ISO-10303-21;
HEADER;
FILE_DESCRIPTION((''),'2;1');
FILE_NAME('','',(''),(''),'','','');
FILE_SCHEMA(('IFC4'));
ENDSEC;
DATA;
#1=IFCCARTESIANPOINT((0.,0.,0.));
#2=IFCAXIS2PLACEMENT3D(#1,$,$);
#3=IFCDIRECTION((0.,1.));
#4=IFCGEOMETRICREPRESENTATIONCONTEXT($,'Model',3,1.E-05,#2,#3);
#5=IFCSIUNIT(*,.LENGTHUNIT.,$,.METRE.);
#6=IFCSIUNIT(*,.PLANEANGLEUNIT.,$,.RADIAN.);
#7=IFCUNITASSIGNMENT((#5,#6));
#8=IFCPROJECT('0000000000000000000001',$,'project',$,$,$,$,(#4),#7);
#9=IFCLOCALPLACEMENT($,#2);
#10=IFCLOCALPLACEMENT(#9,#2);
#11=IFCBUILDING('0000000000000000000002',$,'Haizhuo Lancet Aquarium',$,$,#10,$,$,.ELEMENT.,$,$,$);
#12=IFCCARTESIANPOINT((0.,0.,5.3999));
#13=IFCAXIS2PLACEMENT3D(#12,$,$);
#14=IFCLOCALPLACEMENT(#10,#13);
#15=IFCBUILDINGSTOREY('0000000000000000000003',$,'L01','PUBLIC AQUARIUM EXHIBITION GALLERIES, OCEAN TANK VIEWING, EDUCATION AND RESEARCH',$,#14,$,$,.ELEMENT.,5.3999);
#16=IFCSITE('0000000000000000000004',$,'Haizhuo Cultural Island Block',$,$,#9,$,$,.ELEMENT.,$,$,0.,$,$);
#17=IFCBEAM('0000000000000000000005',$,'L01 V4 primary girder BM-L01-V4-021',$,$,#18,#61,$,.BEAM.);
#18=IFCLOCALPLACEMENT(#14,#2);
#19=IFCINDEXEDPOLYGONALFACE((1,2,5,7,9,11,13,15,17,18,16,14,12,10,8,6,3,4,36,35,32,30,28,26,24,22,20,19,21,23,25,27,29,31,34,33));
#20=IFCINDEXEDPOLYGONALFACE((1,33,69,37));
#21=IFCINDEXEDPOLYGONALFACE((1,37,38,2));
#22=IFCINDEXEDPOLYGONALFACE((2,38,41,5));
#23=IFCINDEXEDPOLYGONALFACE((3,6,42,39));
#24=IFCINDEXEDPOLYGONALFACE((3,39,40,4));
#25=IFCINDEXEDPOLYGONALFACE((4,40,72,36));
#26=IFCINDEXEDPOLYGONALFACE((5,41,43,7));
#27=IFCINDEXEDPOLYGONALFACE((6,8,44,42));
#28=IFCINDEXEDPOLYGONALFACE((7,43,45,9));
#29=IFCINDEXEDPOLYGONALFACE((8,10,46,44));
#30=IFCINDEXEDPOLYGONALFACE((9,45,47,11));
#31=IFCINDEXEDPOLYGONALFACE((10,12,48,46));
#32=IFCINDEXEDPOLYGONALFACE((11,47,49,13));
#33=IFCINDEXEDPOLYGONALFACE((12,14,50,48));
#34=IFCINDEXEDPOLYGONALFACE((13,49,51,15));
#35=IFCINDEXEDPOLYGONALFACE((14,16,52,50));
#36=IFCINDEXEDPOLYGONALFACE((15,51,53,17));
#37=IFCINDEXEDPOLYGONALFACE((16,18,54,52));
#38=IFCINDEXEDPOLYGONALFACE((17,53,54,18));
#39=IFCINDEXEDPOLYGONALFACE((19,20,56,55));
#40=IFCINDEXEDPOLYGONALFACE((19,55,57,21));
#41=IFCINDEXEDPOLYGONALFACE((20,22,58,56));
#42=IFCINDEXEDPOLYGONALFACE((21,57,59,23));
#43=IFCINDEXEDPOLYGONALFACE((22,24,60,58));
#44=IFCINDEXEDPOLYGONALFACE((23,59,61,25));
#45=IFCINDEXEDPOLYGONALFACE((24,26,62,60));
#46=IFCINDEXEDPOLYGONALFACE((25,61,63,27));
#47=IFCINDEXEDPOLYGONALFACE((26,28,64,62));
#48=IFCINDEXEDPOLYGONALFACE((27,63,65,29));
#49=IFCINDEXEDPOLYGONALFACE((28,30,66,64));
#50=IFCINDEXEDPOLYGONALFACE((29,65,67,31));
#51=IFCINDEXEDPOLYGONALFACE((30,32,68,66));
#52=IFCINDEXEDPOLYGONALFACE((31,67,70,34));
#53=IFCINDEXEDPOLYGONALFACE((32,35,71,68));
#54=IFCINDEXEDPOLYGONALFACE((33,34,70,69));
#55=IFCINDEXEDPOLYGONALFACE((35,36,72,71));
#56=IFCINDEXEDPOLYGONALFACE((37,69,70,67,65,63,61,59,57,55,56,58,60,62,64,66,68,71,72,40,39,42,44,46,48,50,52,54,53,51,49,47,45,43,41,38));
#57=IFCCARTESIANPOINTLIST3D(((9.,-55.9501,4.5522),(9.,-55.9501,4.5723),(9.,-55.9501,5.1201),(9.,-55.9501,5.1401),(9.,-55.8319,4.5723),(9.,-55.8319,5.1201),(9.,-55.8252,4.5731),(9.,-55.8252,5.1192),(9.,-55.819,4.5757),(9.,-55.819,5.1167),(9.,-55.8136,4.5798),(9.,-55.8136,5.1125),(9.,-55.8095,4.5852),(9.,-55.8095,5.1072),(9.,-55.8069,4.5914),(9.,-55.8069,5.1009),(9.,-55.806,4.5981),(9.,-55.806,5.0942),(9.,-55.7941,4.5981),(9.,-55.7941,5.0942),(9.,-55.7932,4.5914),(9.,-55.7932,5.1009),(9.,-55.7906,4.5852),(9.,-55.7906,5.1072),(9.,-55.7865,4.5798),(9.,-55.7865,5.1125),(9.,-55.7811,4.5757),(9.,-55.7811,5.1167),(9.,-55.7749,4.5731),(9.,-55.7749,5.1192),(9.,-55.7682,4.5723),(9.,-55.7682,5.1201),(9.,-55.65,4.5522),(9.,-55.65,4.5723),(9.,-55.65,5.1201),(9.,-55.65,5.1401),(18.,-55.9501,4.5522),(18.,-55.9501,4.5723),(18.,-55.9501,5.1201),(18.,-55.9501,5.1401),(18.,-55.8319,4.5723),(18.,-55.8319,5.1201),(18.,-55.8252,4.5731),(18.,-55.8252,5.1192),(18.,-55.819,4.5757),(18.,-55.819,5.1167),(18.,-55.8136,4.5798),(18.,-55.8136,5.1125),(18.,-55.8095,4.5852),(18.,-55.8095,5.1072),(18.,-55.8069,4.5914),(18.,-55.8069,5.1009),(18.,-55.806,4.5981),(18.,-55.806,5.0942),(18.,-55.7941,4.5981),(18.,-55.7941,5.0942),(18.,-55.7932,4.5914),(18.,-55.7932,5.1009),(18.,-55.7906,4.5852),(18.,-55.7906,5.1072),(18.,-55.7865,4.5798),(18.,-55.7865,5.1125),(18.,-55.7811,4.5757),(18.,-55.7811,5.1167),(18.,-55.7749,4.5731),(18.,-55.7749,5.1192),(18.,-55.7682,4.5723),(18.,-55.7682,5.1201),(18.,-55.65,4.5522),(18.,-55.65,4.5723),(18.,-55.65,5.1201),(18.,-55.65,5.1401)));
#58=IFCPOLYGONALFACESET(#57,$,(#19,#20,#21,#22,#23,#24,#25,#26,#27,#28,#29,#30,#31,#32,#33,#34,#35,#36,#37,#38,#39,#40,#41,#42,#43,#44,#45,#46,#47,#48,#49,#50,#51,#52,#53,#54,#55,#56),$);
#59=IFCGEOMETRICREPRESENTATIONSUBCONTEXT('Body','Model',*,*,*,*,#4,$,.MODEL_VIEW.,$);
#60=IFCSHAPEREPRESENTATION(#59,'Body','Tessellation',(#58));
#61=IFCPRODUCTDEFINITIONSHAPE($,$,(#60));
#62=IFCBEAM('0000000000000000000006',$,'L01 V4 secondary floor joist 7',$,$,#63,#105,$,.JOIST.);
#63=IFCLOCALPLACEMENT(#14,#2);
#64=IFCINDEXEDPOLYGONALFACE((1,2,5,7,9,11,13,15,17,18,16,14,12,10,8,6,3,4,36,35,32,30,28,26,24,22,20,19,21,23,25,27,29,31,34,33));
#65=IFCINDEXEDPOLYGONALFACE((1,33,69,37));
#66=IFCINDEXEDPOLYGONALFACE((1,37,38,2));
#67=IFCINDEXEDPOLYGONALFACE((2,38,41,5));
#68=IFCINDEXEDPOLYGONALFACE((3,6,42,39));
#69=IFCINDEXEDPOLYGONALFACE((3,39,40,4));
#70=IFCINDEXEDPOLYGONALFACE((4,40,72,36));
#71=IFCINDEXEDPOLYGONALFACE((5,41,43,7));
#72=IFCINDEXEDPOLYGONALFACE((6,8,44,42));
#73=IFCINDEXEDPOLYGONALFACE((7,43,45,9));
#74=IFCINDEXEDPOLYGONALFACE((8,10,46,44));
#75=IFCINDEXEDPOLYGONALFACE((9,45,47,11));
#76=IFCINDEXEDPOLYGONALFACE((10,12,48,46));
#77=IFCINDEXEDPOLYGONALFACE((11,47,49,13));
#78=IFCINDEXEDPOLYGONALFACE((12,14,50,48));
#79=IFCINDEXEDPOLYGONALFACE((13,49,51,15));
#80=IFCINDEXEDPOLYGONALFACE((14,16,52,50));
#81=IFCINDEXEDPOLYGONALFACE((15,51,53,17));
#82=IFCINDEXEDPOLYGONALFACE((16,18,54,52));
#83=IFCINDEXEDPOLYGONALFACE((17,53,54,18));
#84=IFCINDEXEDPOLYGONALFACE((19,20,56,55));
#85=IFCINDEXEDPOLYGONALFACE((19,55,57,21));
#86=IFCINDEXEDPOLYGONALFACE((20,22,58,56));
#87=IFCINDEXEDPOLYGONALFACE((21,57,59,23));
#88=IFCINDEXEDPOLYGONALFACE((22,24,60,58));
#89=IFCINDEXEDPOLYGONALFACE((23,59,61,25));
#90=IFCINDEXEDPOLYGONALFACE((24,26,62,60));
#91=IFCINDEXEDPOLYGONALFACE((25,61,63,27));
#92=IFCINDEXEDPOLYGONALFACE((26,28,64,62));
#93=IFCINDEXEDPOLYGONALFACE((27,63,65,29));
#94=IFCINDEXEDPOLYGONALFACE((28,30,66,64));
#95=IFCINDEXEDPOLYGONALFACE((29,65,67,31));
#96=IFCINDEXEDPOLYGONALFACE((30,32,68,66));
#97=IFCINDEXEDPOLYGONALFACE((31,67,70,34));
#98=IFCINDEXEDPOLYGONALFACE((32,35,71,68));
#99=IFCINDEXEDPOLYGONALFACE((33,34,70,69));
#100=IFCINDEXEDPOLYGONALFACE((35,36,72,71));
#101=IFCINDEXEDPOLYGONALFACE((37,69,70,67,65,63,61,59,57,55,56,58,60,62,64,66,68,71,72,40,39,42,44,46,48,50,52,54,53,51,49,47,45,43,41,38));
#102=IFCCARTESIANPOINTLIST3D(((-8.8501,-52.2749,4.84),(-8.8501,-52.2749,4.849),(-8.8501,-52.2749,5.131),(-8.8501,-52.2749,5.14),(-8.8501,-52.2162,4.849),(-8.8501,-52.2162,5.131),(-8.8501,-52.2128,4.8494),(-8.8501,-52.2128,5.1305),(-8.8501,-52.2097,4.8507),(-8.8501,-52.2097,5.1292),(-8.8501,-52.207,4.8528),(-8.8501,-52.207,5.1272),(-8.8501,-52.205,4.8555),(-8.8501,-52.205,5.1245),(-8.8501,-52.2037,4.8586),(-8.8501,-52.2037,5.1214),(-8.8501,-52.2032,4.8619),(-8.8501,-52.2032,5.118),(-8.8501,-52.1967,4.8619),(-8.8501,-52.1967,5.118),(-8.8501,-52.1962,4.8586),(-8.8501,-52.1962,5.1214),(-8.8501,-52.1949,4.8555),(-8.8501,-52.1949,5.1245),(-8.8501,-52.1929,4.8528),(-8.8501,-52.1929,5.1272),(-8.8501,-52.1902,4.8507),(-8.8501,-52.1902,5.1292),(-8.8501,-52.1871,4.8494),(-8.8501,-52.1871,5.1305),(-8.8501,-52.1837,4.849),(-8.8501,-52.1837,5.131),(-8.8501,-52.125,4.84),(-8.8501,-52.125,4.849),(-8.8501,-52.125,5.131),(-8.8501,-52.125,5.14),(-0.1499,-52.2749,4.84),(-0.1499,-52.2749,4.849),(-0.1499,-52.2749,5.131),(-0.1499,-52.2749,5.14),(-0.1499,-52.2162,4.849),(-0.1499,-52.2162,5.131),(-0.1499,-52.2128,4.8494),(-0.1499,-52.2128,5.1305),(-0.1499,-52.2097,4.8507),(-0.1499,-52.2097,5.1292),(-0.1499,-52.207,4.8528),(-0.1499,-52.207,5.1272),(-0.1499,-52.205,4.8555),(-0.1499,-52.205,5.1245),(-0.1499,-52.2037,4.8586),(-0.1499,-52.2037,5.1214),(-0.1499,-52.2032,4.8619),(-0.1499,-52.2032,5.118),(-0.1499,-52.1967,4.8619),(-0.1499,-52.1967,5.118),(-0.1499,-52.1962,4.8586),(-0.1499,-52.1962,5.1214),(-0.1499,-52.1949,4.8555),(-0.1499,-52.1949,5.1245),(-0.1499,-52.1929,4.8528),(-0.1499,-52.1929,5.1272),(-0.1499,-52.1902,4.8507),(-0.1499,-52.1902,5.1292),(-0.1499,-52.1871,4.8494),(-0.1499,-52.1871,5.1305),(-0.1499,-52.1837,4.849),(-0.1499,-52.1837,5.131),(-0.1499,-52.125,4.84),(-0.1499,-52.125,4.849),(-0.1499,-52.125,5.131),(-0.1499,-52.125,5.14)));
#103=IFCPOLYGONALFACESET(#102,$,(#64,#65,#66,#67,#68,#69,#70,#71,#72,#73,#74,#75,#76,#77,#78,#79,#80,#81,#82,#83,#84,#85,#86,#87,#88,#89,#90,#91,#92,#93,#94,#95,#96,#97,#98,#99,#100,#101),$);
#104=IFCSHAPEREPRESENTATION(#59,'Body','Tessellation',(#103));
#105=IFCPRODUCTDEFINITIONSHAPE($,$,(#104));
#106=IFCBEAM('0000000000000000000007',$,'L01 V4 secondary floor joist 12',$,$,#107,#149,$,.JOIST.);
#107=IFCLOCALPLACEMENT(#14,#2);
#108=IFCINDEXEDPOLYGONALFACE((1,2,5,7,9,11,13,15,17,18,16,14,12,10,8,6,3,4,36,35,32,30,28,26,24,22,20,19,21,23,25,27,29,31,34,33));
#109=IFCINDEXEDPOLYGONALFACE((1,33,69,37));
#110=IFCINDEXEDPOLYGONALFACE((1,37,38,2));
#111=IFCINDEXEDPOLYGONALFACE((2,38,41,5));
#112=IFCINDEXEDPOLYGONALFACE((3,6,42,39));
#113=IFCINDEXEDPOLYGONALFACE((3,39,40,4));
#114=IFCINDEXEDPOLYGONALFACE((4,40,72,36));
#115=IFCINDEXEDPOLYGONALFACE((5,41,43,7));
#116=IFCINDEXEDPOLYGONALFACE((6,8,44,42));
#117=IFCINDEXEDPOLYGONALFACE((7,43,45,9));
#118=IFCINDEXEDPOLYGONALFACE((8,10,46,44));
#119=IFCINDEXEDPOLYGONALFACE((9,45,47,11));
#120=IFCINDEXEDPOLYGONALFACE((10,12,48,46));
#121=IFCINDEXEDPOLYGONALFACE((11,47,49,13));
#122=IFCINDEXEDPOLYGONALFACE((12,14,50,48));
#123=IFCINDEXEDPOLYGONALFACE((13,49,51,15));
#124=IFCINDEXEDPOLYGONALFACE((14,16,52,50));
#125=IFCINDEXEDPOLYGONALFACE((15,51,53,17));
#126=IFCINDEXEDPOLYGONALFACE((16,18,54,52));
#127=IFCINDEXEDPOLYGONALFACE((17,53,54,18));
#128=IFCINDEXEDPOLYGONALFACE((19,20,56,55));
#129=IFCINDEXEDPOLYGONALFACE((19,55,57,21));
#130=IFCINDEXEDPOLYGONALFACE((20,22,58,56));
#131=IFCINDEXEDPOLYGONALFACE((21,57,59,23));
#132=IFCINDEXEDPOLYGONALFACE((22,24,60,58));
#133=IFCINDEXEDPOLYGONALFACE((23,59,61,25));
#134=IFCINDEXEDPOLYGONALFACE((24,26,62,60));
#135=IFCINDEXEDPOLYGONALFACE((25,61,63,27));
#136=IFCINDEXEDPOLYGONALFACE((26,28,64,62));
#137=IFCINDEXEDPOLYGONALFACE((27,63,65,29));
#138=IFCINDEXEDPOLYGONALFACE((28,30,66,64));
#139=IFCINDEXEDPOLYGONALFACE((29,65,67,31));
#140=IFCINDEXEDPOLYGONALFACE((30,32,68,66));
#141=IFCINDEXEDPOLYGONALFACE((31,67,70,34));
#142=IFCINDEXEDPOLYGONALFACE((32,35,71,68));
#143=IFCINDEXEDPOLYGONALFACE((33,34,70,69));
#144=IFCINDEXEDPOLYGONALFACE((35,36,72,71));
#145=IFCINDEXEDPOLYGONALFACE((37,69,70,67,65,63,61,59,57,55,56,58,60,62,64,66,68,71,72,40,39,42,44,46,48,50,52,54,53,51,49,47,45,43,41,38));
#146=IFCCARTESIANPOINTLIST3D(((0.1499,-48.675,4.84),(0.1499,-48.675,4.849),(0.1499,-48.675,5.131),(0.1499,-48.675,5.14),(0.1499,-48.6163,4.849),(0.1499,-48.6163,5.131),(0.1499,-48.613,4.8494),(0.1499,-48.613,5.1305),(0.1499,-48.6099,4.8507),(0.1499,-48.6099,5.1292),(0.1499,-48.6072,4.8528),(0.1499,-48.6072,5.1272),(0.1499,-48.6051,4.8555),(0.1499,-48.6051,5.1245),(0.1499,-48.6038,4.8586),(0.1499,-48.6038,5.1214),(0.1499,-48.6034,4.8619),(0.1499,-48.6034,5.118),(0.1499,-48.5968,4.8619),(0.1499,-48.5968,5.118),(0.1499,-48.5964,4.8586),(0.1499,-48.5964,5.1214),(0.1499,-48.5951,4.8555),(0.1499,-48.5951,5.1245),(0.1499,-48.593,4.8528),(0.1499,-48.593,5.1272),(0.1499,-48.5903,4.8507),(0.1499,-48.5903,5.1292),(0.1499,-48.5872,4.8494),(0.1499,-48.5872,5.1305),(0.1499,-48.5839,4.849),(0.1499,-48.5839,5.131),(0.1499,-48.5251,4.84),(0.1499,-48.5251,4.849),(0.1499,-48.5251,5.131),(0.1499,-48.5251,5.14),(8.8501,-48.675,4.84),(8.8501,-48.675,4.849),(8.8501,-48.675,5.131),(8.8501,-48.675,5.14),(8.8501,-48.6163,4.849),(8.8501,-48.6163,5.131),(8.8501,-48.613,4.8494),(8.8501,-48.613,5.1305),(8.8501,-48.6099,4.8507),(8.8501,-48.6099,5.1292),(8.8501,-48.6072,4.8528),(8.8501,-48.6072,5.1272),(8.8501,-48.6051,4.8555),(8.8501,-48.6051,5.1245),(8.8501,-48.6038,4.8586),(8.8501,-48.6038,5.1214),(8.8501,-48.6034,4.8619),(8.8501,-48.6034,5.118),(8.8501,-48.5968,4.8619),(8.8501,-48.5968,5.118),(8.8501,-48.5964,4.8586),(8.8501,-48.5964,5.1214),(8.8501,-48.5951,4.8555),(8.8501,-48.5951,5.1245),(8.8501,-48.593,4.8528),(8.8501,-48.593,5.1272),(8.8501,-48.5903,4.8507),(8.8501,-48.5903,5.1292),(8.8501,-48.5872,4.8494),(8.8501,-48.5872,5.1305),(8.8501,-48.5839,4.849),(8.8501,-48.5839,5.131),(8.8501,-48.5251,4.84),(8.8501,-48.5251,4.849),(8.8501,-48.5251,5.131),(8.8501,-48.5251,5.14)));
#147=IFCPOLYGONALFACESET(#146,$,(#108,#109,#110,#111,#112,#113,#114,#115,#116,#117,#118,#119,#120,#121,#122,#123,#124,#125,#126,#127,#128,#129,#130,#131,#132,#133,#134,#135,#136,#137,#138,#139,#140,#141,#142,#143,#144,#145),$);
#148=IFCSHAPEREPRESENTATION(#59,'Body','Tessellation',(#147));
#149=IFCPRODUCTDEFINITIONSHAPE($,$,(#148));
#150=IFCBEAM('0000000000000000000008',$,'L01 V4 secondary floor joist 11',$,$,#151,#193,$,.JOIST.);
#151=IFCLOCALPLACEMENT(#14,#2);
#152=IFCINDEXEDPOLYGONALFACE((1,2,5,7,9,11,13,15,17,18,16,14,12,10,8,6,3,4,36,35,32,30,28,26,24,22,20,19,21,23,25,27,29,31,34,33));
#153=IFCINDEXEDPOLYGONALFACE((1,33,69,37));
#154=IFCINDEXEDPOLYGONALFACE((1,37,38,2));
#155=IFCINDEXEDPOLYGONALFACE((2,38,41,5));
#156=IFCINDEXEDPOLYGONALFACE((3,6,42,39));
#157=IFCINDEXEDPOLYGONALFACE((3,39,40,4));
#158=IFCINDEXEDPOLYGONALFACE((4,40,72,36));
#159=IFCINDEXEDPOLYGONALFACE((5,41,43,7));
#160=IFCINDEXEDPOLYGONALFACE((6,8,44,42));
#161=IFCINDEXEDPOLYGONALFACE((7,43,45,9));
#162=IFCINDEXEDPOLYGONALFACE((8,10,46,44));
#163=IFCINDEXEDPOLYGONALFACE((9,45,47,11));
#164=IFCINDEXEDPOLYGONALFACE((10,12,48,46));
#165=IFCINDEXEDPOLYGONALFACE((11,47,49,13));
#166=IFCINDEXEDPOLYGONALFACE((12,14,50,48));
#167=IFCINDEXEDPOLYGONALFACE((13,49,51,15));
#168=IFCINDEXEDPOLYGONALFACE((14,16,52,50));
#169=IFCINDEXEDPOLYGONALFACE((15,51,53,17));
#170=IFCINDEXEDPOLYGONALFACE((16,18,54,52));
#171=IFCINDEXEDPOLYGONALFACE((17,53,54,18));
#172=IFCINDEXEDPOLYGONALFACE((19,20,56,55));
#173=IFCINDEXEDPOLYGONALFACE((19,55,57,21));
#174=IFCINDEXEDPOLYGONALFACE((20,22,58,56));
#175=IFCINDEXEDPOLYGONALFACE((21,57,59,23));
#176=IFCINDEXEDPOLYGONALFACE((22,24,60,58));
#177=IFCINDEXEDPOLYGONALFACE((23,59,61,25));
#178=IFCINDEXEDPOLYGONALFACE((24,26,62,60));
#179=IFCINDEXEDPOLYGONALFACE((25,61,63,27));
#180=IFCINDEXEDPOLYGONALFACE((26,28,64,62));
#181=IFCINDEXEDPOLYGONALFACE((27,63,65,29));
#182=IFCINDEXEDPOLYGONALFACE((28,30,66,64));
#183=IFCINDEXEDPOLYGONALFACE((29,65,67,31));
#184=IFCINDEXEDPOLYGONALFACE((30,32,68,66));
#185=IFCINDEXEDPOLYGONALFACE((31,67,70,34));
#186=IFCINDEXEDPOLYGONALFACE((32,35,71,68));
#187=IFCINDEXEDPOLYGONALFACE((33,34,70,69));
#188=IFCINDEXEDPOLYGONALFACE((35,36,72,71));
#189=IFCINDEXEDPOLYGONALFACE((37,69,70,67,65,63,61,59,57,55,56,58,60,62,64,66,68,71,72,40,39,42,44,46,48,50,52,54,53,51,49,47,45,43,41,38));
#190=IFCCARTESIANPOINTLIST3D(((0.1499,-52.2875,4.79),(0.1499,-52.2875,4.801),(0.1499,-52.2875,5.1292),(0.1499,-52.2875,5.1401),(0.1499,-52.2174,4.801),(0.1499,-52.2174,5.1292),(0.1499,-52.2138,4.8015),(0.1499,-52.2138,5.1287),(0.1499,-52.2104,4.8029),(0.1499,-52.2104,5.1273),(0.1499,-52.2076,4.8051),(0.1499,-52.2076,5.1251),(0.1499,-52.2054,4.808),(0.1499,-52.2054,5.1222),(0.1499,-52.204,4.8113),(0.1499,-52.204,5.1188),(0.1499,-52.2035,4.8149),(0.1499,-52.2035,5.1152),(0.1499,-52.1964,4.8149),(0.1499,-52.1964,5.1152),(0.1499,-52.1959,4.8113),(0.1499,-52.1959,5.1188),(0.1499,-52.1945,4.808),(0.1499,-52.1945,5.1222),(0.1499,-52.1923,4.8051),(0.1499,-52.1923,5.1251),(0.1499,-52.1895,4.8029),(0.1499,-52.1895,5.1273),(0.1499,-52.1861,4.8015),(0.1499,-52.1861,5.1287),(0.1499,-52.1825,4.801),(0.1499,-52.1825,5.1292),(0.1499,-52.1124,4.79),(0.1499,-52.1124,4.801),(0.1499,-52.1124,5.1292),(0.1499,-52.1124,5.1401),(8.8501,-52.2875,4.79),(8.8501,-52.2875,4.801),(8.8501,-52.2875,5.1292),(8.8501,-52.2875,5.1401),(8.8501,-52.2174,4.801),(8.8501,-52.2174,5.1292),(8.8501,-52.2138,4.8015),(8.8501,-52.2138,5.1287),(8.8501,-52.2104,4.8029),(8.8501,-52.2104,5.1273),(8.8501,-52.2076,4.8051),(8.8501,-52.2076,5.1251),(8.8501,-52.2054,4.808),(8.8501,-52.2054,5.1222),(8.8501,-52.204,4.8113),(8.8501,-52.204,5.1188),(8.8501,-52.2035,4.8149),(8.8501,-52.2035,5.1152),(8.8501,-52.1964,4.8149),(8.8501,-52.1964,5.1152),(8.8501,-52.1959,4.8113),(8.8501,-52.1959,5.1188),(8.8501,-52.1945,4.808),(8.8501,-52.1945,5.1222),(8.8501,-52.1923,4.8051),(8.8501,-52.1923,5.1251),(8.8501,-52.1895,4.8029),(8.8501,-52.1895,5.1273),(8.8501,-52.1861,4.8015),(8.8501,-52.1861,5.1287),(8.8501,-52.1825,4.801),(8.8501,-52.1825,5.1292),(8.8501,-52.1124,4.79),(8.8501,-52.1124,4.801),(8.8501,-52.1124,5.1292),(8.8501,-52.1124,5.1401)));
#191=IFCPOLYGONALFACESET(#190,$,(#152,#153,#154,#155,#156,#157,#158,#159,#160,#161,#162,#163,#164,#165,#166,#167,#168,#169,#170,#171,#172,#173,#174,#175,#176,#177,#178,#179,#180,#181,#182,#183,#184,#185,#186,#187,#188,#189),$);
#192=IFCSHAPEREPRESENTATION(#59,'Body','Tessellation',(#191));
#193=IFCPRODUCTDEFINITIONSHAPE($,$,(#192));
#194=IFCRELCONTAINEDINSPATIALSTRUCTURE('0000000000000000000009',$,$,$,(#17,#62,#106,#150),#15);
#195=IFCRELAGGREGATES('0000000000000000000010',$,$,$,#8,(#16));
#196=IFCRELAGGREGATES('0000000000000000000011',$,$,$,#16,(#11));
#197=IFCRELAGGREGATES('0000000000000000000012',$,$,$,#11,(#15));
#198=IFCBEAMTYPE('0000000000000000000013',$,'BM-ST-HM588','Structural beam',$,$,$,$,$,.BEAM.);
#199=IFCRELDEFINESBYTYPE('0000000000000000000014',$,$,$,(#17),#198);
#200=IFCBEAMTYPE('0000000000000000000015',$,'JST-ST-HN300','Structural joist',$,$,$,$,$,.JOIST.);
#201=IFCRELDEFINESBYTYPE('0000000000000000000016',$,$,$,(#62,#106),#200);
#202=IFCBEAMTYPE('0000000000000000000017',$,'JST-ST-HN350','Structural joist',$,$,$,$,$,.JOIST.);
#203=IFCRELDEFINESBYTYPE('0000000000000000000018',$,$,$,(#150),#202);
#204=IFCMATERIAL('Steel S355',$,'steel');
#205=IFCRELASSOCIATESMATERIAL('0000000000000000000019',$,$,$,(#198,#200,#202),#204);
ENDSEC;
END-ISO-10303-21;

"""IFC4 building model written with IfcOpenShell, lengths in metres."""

from ifc_helpers import new_model, si_unit, direction, frame, origin, origin_2d, place, context, subcontext, project, spatial, i_section, extrude, material, material_profile, profile_set, type_object, element, save


model = new_model("IFC4")

# Units and contexts
model_context = context("Model", 3, precision=1e-05, world=origin(), true_north=direction((0.0, 1.0)))
body_context = subcontext(model_context, "Body", "Model", "MODEL_VIEW")
ifc_project = project(units=[si_unit("LENGTHUNIT", "METRE"), si_unit("PLANEANGLEUNIT", "RADIAN")], contexts=[model_context])

# Site, building, storey
site_placement = place(None, origin())
site = spatial("IfcSite", under=ifc_project, at=site_placement, Name="Haizhuo Cultural Island Block", CompositionType="ELEMENT", RefElevation=0.0)
building_placement = place(site_placement, origin())
building = spatial("IfcBuilding", under=site, at=building_placement, Name="Haizhuo Lancet Aquarium", CompositionType="ELEMENT")
storey_placement = place(building_placement, frame((0.0, 0.0, 5.3999)))
storey = spatial("IfcBuildingStorey", under=building, at=storey_placement, Name="L01", Description="PUBLIC AQUARIUM EXHIBITION GALLERIES, OCEAN TANK VIEWING, EDUCATION AND RESEARCH", CompositionType="ELEMENT", Elevation=5.3999)

# Shared definitions
ifc_material_1 = material(Name="Steel S355", Category="steel")

# Beams
ifc_material_profile_1 = material_profile(ifc_material_1, i_section(OverallWidth=0.3, OverallDepth=0.5879, WebThickness=0.012, FlangeThickness=0.02, FilletRadius=0.0259, at=origin_2d()), Name="HM 588x300x12x20")
ifc_profile_set_1 = profile_set([ifc_material_profile_1], Name="Steel S355")
beam_type_1 = type_object("IfcBeamType", Name="BM-ST-HM588", Description="Structural beam", PredefinedType="BEAM", material=ifc_profile_set_1)
for number, where, z_axis, x_axis, name in (
    (1, (9.0, -55.8, 4.8462), (1.0, 0.0, 0.0), (0.0, 1.0, 0.0), "L01 V4 primary girder BM-L01-V4-021"),
):
    element("IfcBeam", number, at=place(storey_placement, frame(where, z_axis=z_axis, x_axis=x_axis)), inside=storey, type_object=beam_type_1, Name=name, PredefinedType="BEAM", context=body_context, shape_type="SweptSolid", body=[
        extrude(i_section(OverallWidth=0.3, OverallDepth=0.5879, WebThickness=0.012, FlangeThickness=0.02, FilletRadius=0.0259, at=origin_2d()), origin(), (0.0, 0.0, 1.0), 9.0),
    ])
ifc_material_profile_2 = material_profile(ifc_material_1, i_section(OverallWidth=0.1499, OverallDepth=0.3, WebThickness=0.0066, FlangeThickness=0.009, FilletRadius=0.0129, at=origin_2d()), Name="HN 300x150x6.5x9")
ifc_profile_set_2 = profile_set([ifc_material_profile_2], Name="Steel S355")
beam_type_2 = type_object("IfcBeamType", Name="JST-ST-HN300", Description="Structural joist", PredefinedType="JOIST", material=ifc_profile_set_2)
for number, where, z_axis, x_axis, name in (
    (2, (-8.8501, -52.2, 4.99), (1.0, 0.0, 0.0), (0.0, 1.0, 0.0), "L01 V4 secondary floor joist 7"),
    (3, (0.1499, -48.6001, 4.99), (1.0, 0.0, 0.0), (0.0, 1.0, 0.0), "L01 V4 secondary floor joist 12"),
):
    element("IfcBeam", number, at=place(storey_placement, frame(where, z_axis=z_axis, x_axis=x_axis)), inside=storey, type_object=beam_type_2, Name=name, PredefinedType="JOIST", context=body_context, shape_type="SweptSolid", body=[
        extrude(i_section(OverallWidth=0.1499, OverallDepth=0.3, WebThickness=0.0066, FlangeThickness=0.009, FilletRadius=0.0129, at=origin_2d()), origin(), (0.0, 0.0, 1.0), 8.7002),
    ])
ifc_material_profile_3 = material_profile(ifc_material_1, i_section(OverallWidth=0.175, OverallDepth=0.3501, WebThickness=0.0071, FlangeThickness=0.011, FilletRadius=0.0139, at=origin_2d()), Name="HN 350x175x7x11")
ifc_profile_set_3 = profile_set([ifc_material_profile_3], Name="Steel S355")
beam_type_3 = type_object("IfcBeamType", Name="JST-ST-HN350", Description="Structural joist", PredefinedType="JOIST", material=ifc_profile_set_3)
beam_1_placement = place(storey_placement, frame((0.1499, -52.2, 4.9651), z_axis=(1.0, 0.0, 0.0), x_axis=(0.0, 1.0, 0.0)))
element("IfcBeam", 4, at=beam_1_placement, inside=storey, type_object=beam_type_3, Name="L01 V4 secondary floor joist 11", PredefinedType="JOIST", context=body_context, shape_type="SweptSolid", body=[
    extrude(i_section(OverallWidth=0.175, OverallDepth=0.3501, WebThickness=0.0071, FlangeThickness=0.011, FilletRadius=0.0139, at=origin_2d()), origin(), (0.0, 0.0, 1.0), 8.7002),
])

save(model, "model.ifc")
